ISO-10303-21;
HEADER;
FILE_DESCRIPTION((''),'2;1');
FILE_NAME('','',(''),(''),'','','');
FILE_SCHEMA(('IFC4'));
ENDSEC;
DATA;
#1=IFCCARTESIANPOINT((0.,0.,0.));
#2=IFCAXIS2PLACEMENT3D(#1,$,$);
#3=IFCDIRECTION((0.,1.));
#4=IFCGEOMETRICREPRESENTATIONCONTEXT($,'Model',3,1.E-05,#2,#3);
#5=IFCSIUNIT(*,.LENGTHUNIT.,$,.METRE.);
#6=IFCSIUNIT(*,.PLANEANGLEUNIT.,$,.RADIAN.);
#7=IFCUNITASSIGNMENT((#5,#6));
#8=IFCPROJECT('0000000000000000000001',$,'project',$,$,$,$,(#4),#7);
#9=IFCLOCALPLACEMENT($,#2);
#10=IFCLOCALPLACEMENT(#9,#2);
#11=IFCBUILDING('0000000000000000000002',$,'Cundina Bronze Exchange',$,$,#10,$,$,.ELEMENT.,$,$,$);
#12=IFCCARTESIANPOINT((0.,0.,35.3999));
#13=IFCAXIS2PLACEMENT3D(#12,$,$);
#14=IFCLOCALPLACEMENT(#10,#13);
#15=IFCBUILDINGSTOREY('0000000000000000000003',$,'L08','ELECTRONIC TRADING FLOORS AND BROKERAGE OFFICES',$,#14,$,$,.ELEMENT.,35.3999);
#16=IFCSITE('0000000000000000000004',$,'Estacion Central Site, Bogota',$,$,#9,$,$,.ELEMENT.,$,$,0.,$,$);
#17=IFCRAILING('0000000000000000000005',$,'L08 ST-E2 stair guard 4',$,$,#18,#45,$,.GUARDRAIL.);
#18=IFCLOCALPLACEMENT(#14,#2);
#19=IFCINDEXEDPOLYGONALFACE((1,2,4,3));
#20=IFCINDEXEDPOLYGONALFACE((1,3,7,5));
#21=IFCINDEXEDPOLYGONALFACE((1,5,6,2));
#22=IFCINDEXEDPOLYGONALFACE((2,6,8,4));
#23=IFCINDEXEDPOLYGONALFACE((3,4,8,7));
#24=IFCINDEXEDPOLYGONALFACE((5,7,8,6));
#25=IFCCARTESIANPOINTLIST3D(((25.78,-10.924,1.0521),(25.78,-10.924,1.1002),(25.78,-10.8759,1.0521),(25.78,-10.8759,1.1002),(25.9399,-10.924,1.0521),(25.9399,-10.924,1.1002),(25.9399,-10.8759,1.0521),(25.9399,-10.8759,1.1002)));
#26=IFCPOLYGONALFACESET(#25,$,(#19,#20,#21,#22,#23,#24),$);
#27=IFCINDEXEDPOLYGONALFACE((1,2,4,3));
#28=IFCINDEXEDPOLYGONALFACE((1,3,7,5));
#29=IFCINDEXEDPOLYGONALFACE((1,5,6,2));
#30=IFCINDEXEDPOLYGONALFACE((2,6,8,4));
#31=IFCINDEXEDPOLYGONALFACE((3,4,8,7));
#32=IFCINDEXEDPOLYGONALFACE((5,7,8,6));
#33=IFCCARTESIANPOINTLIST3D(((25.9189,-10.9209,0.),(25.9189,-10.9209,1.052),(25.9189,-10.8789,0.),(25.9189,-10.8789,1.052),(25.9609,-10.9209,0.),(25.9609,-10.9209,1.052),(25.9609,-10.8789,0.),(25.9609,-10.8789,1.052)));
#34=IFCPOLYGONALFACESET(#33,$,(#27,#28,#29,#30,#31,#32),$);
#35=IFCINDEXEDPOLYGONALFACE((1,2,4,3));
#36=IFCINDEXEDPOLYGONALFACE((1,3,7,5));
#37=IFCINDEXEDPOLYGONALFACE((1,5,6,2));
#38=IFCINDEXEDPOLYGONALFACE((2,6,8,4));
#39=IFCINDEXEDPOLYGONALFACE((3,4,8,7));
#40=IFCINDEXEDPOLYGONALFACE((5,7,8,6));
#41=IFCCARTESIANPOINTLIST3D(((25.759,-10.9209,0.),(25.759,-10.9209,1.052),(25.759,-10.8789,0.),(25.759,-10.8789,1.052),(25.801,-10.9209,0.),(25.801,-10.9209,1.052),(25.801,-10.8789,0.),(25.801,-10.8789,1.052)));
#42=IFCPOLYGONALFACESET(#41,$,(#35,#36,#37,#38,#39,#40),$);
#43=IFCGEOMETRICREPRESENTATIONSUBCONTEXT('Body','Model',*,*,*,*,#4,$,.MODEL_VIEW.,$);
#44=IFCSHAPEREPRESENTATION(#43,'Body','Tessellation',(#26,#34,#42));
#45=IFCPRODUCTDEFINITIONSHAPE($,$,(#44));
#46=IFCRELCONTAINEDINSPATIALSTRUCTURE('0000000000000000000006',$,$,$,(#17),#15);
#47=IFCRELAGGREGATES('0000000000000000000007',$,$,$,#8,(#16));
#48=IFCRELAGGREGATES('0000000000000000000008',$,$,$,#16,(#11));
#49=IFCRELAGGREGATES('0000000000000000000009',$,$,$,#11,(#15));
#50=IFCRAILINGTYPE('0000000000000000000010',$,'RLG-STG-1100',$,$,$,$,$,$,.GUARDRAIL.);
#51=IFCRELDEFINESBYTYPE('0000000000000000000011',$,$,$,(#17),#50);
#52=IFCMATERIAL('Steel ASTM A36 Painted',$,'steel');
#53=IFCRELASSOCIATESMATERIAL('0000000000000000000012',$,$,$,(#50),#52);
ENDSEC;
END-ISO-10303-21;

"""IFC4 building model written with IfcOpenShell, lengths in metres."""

from ifc_helpers import new_model, si_unit, direction, frame, origin, origin_2d, place, context, subcontext, project, spatial, rectangle, extrude, material, type_object, element, save


model = new_model("IFC4")

# Units and contexts
model_context = context("Model", 3, precision=1e-05, world=origin(), true_north=direction((0.0, 1.0)))
body_context = subcontext(model_context, "Body", "Model", "MODEL_VIEW")
ifc_project = project(units=[si_unit("LENGTHUNIT", "METRE"), si_unit("PLANEANGLEUNIT", "RADIAN")], contexts=[model_context])

# Site, building, storey
site_placement = place(None, origin())
site = spatial("IfcSite", under=ifc_project, at=site_placement, Name="Estacion Central Site, Bogota", CompositionType="ELEMENT", RefElevation=0.0)
building_placement = place(site_placement, origin())
building = spatial("IfcBuilding", under=site, at=building_placement, Name="Cundina Bronze Exchange", CompositionType="ELEMENT")
storey_placement = place(building_placement, frame((0.0, 0.0, 35.3999)))
storey = spatial("IfcBuildingStorey", under=building, at=storey_placement, Name="L08", Description="ELECTRONIC TRADING FLOORS AND BROKERAGE OFFICES", CompositionType="ELEMENT", Elevation=35.3999)

# Shared definitions
ifc_material_1 = material(Name="Steel ASTM A36 Painted", Category="steel")

# Railing
railing_type_1 = type_object("IfcRailingType", Name="RLG-STG-1100", PredefinedType="GUARDRAIL", material=ifc_material_1)
railing_1_placement = place(storey_placement, frame((25.9399, -10.8999, 0.0)))
element("IfcRailing", 1, at=railing_1_placement, inside=storey, type_object=railing_type_1, Name="L08 ST-E2 stair guard 4", PredefinedType="GUARDRAIL", context=body_context, shape_type="SweptSolid", body=[
    extrude(rectangle(XDim=0.0481, YDim=0.0481, at=origin_2d()), frame((0.0, 0.0, 1.0762), z_axis=(-1.0, 0.0, 0.0), x_axis=(0.0, -1.0, 0.0)), (0.0, 0.0, 1.0), 0.1599),
    extrude(rectangle(XDim=0.042, YDim=0.042, at=origin_2d()), origin(), (0.0, 0.0, 1.0), 1.052),
    extrude(rectangle(XDim=0.042, YDim=0.042, at=origin_2d()), frame((-0.1599, 0.0, 0.0)), (0.0, 0.0, 1.0), 1.052),
])

save(model, "model.ifc")
